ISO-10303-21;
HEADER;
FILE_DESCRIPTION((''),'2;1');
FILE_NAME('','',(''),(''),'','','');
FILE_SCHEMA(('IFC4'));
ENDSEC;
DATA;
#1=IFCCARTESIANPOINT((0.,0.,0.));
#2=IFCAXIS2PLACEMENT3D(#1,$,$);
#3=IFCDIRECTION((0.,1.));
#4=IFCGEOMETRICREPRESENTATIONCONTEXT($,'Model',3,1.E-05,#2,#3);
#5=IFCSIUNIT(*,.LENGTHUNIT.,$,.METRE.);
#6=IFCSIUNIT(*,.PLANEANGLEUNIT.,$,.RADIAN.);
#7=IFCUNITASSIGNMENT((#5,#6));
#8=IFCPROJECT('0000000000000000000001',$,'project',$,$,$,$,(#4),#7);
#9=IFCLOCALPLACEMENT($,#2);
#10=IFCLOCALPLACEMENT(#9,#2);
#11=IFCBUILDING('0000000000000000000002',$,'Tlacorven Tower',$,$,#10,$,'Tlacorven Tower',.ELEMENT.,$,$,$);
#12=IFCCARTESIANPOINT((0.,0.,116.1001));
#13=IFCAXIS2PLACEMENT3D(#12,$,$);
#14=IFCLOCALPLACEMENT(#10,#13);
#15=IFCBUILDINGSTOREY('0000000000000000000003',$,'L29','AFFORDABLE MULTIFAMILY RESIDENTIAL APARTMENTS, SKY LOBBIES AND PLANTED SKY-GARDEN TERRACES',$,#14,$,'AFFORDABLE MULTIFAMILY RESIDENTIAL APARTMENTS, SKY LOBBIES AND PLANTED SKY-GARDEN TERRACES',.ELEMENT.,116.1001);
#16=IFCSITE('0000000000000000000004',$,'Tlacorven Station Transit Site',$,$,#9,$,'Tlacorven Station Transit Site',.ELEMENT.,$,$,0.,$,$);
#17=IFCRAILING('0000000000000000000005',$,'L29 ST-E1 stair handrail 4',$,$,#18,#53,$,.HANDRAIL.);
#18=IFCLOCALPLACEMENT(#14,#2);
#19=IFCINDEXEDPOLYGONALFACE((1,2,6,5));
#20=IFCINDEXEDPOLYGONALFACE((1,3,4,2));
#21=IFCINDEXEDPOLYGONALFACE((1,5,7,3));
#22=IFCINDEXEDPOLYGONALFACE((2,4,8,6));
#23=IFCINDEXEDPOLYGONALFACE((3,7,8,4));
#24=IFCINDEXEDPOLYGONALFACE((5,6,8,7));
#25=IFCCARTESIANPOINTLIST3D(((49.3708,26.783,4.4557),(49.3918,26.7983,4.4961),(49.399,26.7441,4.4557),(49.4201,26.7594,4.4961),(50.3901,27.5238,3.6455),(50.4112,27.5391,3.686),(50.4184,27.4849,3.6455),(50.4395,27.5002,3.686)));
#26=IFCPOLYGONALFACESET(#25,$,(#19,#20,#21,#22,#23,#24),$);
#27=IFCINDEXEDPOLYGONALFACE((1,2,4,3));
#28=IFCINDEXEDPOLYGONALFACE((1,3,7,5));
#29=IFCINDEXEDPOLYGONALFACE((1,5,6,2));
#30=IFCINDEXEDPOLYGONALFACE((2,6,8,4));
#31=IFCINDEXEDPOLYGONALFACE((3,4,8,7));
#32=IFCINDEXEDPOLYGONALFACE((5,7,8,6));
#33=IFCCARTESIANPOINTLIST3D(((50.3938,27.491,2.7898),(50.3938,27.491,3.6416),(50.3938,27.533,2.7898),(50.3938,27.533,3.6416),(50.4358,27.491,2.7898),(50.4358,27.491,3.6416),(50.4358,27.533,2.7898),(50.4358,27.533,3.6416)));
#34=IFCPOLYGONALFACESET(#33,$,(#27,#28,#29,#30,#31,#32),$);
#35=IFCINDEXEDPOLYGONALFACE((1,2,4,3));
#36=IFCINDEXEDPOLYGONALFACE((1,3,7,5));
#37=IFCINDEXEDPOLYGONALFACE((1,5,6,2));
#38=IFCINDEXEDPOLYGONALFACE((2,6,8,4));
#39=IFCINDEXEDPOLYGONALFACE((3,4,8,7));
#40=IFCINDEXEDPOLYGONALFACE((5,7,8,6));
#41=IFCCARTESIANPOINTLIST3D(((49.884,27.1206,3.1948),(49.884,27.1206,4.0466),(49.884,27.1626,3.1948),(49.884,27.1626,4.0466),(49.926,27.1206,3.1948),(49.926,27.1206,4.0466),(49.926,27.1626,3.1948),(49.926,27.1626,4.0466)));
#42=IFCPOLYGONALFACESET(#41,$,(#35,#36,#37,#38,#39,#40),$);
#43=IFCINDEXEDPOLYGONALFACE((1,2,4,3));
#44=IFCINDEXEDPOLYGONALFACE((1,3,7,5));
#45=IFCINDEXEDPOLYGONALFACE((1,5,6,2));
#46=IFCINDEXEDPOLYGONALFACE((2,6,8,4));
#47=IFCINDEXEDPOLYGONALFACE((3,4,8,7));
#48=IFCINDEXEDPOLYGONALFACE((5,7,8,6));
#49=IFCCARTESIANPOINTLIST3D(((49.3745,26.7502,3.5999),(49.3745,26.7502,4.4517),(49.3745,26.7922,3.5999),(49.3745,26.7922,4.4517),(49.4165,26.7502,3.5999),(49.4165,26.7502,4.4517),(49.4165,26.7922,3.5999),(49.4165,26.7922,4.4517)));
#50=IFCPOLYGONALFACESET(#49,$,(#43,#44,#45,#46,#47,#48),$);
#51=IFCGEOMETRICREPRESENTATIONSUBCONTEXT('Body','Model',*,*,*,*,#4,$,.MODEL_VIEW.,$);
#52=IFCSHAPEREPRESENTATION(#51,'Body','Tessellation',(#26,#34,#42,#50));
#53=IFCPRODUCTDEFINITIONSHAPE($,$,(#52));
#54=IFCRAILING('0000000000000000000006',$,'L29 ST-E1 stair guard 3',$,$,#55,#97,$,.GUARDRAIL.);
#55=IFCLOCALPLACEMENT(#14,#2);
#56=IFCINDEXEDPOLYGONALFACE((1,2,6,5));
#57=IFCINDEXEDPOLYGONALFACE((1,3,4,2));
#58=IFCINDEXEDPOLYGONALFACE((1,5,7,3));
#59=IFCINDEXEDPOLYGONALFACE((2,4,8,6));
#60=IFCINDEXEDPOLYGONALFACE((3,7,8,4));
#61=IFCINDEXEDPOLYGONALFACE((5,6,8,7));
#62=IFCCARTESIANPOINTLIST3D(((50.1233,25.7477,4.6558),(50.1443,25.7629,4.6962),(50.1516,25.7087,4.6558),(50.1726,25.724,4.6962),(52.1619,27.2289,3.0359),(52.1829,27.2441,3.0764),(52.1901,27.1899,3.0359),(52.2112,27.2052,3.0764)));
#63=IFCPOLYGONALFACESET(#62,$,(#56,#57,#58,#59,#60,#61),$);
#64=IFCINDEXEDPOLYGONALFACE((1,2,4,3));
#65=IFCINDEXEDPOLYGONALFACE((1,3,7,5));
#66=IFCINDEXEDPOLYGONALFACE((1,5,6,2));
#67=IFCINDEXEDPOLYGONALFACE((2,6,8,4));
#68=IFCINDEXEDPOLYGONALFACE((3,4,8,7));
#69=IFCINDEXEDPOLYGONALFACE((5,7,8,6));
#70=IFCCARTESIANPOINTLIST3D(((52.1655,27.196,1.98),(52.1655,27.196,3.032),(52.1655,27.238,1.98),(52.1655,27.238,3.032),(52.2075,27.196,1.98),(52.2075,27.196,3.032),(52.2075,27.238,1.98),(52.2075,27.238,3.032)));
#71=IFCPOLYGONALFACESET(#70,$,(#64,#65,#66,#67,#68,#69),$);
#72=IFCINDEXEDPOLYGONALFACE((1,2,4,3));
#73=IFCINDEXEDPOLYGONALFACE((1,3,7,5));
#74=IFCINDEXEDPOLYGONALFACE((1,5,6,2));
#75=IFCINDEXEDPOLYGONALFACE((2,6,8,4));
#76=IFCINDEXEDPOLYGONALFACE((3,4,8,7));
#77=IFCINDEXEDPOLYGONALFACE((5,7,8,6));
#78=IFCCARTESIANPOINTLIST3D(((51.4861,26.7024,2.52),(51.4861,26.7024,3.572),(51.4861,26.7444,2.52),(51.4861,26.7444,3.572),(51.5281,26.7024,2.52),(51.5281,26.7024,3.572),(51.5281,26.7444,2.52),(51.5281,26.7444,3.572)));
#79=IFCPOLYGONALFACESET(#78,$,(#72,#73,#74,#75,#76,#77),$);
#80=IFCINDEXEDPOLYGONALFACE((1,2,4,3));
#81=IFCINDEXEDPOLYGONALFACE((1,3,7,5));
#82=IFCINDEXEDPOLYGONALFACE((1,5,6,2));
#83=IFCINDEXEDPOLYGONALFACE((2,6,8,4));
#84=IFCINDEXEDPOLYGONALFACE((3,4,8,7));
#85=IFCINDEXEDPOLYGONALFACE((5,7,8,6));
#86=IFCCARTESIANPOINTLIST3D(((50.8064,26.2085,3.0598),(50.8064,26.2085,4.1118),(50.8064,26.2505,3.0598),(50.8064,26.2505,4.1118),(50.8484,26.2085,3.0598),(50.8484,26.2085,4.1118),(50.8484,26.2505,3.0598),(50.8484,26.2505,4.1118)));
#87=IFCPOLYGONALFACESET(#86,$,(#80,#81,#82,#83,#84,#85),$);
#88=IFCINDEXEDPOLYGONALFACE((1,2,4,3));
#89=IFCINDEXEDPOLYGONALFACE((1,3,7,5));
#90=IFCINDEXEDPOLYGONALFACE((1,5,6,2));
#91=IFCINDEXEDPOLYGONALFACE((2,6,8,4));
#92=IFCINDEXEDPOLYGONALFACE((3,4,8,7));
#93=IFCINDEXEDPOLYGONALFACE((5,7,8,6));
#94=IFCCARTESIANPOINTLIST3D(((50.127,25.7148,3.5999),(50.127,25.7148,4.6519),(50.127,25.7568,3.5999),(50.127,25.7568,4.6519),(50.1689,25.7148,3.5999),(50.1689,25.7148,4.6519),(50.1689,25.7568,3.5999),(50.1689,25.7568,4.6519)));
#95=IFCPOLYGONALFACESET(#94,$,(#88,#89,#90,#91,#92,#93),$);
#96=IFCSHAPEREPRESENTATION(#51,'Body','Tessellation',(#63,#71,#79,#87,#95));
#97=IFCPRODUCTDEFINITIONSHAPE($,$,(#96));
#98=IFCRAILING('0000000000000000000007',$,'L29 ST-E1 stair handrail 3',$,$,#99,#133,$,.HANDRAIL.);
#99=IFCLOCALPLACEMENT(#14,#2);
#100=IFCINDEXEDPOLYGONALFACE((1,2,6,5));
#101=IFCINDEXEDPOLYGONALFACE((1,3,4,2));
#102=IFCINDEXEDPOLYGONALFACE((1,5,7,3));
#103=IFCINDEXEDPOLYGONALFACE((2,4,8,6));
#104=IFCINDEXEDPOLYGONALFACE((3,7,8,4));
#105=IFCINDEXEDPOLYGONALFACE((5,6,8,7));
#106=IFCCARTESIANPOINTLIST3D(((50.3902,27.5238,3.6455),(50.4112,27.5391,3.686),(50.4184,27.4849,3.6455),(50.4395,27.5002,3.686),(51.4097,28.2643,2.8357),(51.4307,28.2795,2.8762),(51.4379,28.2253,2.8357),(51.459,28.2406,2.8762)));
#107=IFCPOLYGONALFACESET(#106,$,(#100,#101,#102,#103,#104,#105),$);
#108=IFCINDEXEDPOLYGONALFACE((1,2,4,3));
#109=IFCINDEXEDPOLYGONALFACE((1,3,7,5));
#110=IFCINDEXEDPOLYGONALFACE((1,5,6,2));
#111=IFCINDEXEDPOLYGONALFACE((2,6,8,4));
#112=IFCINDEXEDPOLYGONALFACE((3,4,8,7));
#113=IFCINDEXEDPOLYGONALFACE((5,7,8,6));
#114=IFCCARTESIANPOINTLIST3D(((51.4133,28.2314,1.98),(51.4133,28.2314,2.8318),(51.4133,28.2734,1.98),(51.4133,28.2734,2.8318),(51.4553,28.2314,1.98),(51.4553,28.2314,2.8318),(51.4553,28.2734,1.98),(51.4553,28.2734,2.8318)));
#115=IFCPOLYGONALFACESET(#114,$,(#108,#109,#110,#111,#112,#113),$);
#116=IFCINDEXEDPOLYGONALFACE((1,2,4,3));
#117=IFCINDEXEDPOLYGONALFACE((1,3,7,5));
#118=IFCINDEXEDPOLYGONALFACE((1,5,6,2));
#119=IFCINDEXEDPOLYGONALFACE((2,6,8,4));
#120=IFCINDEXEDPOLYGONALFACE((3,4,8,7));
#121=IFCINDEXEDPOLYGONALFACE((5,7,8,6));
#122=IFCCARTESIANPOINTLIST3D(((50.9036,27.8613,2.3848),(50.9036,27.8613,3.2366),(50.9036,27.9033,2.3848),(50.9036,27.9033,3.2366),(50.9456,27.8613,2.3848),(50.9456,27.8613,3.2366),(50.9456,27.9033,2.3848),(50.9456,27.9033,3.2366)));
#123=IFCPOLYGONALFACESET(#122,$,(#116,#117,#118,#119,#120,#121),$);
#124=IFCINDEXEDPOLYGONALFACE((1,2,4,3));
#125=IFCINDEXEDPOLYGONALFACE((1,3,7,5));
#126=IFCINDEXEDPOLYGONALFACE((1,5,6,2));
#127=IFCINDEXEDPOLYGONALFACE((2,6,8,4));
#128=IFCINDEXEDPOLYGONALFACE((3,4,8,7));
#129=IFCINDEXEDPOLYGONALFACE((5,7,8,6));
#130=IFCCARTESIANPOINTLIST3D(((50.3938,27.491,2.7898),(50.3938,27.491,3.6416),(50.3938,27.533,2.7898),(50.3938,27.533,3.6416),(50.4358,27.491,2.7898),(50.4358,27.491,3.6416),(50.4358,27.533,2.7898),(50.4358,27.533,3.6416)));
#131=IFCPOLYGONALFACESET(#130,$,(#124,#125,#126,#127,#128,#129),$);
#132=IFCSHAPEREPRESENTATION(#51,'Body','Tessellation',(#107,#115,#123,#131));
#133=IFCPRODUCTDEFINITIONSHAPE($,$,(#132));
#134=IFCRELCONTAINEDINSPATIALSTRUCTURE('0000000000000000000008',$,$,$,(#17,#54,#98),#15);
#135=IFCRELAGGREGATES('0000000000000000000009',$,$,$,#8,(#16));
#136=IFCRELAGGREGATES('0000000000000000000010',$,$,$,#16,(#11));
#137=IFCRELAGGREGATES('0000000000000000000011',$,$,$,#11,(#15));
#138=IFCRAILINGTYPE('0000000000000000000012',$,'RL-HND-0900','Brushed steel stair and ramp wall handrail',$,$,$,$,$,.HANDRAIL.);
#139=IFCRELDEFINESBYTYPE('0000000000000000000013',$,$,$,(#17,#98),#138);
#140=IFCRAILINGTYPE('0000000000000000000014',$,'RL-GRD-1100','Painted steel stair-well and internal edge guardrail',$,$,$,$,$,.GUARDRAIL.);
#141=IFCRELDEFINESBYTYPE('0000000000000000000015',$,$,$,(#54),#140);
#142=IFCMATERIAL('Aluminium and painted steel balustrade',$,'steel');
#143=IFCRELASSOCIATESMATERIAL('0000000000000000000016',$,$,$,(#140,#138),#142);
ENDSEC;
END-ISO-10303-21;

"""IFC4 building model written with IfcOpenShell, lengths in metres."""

from ifc_helpers import new_model, si_unit, direction, frame, origin, origin_2d, place, context, subcontext, project, spatial, rectangle, extrude, source, transform, mapped, material, type_object, element, save


model = new_model("IFC4")

# Units and contexts
model_context = context("Model", 3, precision=1e-05, world=origin(), true_north=direction((0.0, 1.0)))
body_context = subcontext(model_context, "Body", "Model", "MODEL_VIEW")
ifc_project = project(units=[si_unit("LENGTHUNIT", "METRE"), si_unit("PLANEANGLEUNIT", "RADIAN")], contexts=[model_context])

# Site, building, storey
site_placement = place(None, origin())
site = spatial("IfcSite", under=ifc_project, at=site_placement, Name="Tlacorven Station Transit Site", LongName="Tlacorven Station Transit Site", CompositionType="ELEMENT", RefElevation=0.0)
building_placement = place(site_placement, origin())
building = spatial("IfcBuilding", under=site, at=building_placement, Name="Tlacorven Tower", LongName="Tlacorven Tower", CompositionType="ELEMENT")
storey_placement = place(building_placement, frame((0.0, 0.0, 116.1001)))
storey = spatial("IfcBuildingStorey", under=building, at=storey_placement, Name="L29", Description="AFFORDABLE MULTIFAMILY RESIDENTIAL APARTMENTS, SKY LOBBIES AND PLANTED SKY-GARDEN TERRACES", LongName="AFFORDABLE MULTIFAMILY RESIDENTIAL APARTMENTS, SKY LOBBIES AND PLANTED SKY-GARDEN TERRACES", CompositionType="ELEMENT", Elevation=116.1001)

# Railings
ifc_material_1 = material(Name="Aluminium and painted steel balustrade", Category="steel")
railing_type_1 = type_object("IfcRailingType", Name="RL-GRD-1100", Description="Painted steel stair-well and internal edge guardrail", PredefinedType="GUARDRAIL", material=ifc_material_1)
railing_type_2 = type_object("IfcRailingType", Name="RL-HND-0900", Description="Brushed steel stair and ramp wall handrail", PredefinedType="HANDRAIL", material=ifc_material_1)
shared_shape_1 = source(origin(), body_context, "Body", "SweptSolid", [
    extrude(rectangle(XDim=0.0481, YDim=0.0481, at=origin_2d()), frame((0.0, 0.0, 0.876), z_axis=(-0.680461, -0.494496, 0.540783), x_axis=(0.587872, -0.808954, 0.0)), (0.0, 0.0, 1.0), 1.498),
    extrude(rectangle(XDim=0.042, YDim=0.042, at=origin_2d()), origin(), (0.0, 0.0, 1.0), 0.8518),
    extrude(rectangle(XDim=0.042, YDim=0.042, at=origin_2d()), frame((-0.5098, -0.3704, 0.405)), (0.0, 0.0, 1.0), 0.8518),
    extrude(rectangle(XDim=0.042, YDim=0.042, at=origin_2d()), frame((-1.0193, -0.7407, 0.8101)), (0.0, 0.0, 1.0), 0.8518),
])
railing_1_placement = place(storey_placement, frame((50.4148, 27.512, 2.7898)))
element("IfcRailing", 1, at=railing_1_placement, inside=storey, type_object=railing_type_2, Name="L29 ST-E1 stair handrail 4", PredefinedType="HANDRAIL", context=body_context, shape_type="MappedRepresentation", body=[
    mapped(shared_shape_1, transform((0.0, 0.0, 0.0), scale=1.0)),
])
shared_shape_2 = source(origin(), body_context, "Body", "SweptSolid", [
    extrude(rectangle(XDim=0.0481, YDim=0.0481, at=origin_2d()), frame((0.0, 0.0, 1.0762), z_axis=(-0.680519, -0.494456, 0.540747), x_axis=(0.587809, -0.809, 0.0)), (0.0, 0.0, 1.0), 2.9956),
    extrude(rectangle(XDim=0.042, YDim=0.042, at=origin_2d()), origin(), (0.0, 0.0, 1.0), 1.052),
    extrude(rectangle(XDim=0.042, YDim=0.042, at=origin_2d()), frame((-0.6794, -0.4937, 0.54)), (0.0, 0.0, 1.0), 1.052),
    extrude(rectangle(XDim=0.042, YDim=0.042, at=origin_2d()), frame((-1.3591, -0.9875, 1.0798)), (0.0, 0.0, 1.0), 1.052),
    extrude(rectangle(XDim=0.042, YDim=0.042, at=origin_2d()), frame((-2.0386, -1.4812, 1.6199)), (0.0, 0.0, 1.0), 1.052),
])
railing_2_placement = place(storey_placement, frame((52.1865, 27.217, 1.98)))
element("IfcRailing", 2, at=railing_2_placement, inside=storey, type_object=railing_type_1, Name="L29 ST-E1 stair guard 3", PredefinedType="GUARDRAIL", context=body_context, shape_type="MappedRepresentation", body=[
    mapped(shared_shape_2, transform((0.0, 0.0, 0.0), scale=1.0)),
])
shared_shape_3 = source(origin(), body_context, "Body", "SweptSolid", [
    extrude(rectangle(XDim=0.0481, YDim=0.0481, at=origin_2d()), frame((0.0, 0.0, 0.876), z_axis=(-0.680664, -0.494361, 0.540652), x_axis=(0.587653, -0.809113, 0.0)), (0.0, 0.0, 1.0), 1.4978),
    extrude(rectangle(XDim=0.042, YDim=0.042, at=origin_2d()), origin(), (0.0, 0.0, 1.0), 0.8518),
    extrude(rectangle(XDim=0.042, YDim=0.042, at=origin_2d()), frame((-0.5098, -0.3701, 0.4048)), (0.0, 0.0, 1.0), 0.8518),
    extrude(rectangle(XDim=0.042, YDim=0.042, at=origin_2d()), frame((-1.0195, -0.7405, 0.8098)), (0.0, 0.0, 1.0), 0.8518),
])
railing_3_placement = place(storey_placement, frame((51.4343, 28.2524, 1.98)))
element("IfcRailing", 3, at=railing_3_placement, inside=storey, type_object=railing_type_2, Name="L29 ST-E1 stair handrail 3", PredefinedType="HANDRAIL", context=body_context, shape_type="MappedRepresentation", body=[
    mapped(shared_shape_3, transform((0.0, 0.0, 0.0), scale=1.0)),
])

save(model, "model.ifc")
